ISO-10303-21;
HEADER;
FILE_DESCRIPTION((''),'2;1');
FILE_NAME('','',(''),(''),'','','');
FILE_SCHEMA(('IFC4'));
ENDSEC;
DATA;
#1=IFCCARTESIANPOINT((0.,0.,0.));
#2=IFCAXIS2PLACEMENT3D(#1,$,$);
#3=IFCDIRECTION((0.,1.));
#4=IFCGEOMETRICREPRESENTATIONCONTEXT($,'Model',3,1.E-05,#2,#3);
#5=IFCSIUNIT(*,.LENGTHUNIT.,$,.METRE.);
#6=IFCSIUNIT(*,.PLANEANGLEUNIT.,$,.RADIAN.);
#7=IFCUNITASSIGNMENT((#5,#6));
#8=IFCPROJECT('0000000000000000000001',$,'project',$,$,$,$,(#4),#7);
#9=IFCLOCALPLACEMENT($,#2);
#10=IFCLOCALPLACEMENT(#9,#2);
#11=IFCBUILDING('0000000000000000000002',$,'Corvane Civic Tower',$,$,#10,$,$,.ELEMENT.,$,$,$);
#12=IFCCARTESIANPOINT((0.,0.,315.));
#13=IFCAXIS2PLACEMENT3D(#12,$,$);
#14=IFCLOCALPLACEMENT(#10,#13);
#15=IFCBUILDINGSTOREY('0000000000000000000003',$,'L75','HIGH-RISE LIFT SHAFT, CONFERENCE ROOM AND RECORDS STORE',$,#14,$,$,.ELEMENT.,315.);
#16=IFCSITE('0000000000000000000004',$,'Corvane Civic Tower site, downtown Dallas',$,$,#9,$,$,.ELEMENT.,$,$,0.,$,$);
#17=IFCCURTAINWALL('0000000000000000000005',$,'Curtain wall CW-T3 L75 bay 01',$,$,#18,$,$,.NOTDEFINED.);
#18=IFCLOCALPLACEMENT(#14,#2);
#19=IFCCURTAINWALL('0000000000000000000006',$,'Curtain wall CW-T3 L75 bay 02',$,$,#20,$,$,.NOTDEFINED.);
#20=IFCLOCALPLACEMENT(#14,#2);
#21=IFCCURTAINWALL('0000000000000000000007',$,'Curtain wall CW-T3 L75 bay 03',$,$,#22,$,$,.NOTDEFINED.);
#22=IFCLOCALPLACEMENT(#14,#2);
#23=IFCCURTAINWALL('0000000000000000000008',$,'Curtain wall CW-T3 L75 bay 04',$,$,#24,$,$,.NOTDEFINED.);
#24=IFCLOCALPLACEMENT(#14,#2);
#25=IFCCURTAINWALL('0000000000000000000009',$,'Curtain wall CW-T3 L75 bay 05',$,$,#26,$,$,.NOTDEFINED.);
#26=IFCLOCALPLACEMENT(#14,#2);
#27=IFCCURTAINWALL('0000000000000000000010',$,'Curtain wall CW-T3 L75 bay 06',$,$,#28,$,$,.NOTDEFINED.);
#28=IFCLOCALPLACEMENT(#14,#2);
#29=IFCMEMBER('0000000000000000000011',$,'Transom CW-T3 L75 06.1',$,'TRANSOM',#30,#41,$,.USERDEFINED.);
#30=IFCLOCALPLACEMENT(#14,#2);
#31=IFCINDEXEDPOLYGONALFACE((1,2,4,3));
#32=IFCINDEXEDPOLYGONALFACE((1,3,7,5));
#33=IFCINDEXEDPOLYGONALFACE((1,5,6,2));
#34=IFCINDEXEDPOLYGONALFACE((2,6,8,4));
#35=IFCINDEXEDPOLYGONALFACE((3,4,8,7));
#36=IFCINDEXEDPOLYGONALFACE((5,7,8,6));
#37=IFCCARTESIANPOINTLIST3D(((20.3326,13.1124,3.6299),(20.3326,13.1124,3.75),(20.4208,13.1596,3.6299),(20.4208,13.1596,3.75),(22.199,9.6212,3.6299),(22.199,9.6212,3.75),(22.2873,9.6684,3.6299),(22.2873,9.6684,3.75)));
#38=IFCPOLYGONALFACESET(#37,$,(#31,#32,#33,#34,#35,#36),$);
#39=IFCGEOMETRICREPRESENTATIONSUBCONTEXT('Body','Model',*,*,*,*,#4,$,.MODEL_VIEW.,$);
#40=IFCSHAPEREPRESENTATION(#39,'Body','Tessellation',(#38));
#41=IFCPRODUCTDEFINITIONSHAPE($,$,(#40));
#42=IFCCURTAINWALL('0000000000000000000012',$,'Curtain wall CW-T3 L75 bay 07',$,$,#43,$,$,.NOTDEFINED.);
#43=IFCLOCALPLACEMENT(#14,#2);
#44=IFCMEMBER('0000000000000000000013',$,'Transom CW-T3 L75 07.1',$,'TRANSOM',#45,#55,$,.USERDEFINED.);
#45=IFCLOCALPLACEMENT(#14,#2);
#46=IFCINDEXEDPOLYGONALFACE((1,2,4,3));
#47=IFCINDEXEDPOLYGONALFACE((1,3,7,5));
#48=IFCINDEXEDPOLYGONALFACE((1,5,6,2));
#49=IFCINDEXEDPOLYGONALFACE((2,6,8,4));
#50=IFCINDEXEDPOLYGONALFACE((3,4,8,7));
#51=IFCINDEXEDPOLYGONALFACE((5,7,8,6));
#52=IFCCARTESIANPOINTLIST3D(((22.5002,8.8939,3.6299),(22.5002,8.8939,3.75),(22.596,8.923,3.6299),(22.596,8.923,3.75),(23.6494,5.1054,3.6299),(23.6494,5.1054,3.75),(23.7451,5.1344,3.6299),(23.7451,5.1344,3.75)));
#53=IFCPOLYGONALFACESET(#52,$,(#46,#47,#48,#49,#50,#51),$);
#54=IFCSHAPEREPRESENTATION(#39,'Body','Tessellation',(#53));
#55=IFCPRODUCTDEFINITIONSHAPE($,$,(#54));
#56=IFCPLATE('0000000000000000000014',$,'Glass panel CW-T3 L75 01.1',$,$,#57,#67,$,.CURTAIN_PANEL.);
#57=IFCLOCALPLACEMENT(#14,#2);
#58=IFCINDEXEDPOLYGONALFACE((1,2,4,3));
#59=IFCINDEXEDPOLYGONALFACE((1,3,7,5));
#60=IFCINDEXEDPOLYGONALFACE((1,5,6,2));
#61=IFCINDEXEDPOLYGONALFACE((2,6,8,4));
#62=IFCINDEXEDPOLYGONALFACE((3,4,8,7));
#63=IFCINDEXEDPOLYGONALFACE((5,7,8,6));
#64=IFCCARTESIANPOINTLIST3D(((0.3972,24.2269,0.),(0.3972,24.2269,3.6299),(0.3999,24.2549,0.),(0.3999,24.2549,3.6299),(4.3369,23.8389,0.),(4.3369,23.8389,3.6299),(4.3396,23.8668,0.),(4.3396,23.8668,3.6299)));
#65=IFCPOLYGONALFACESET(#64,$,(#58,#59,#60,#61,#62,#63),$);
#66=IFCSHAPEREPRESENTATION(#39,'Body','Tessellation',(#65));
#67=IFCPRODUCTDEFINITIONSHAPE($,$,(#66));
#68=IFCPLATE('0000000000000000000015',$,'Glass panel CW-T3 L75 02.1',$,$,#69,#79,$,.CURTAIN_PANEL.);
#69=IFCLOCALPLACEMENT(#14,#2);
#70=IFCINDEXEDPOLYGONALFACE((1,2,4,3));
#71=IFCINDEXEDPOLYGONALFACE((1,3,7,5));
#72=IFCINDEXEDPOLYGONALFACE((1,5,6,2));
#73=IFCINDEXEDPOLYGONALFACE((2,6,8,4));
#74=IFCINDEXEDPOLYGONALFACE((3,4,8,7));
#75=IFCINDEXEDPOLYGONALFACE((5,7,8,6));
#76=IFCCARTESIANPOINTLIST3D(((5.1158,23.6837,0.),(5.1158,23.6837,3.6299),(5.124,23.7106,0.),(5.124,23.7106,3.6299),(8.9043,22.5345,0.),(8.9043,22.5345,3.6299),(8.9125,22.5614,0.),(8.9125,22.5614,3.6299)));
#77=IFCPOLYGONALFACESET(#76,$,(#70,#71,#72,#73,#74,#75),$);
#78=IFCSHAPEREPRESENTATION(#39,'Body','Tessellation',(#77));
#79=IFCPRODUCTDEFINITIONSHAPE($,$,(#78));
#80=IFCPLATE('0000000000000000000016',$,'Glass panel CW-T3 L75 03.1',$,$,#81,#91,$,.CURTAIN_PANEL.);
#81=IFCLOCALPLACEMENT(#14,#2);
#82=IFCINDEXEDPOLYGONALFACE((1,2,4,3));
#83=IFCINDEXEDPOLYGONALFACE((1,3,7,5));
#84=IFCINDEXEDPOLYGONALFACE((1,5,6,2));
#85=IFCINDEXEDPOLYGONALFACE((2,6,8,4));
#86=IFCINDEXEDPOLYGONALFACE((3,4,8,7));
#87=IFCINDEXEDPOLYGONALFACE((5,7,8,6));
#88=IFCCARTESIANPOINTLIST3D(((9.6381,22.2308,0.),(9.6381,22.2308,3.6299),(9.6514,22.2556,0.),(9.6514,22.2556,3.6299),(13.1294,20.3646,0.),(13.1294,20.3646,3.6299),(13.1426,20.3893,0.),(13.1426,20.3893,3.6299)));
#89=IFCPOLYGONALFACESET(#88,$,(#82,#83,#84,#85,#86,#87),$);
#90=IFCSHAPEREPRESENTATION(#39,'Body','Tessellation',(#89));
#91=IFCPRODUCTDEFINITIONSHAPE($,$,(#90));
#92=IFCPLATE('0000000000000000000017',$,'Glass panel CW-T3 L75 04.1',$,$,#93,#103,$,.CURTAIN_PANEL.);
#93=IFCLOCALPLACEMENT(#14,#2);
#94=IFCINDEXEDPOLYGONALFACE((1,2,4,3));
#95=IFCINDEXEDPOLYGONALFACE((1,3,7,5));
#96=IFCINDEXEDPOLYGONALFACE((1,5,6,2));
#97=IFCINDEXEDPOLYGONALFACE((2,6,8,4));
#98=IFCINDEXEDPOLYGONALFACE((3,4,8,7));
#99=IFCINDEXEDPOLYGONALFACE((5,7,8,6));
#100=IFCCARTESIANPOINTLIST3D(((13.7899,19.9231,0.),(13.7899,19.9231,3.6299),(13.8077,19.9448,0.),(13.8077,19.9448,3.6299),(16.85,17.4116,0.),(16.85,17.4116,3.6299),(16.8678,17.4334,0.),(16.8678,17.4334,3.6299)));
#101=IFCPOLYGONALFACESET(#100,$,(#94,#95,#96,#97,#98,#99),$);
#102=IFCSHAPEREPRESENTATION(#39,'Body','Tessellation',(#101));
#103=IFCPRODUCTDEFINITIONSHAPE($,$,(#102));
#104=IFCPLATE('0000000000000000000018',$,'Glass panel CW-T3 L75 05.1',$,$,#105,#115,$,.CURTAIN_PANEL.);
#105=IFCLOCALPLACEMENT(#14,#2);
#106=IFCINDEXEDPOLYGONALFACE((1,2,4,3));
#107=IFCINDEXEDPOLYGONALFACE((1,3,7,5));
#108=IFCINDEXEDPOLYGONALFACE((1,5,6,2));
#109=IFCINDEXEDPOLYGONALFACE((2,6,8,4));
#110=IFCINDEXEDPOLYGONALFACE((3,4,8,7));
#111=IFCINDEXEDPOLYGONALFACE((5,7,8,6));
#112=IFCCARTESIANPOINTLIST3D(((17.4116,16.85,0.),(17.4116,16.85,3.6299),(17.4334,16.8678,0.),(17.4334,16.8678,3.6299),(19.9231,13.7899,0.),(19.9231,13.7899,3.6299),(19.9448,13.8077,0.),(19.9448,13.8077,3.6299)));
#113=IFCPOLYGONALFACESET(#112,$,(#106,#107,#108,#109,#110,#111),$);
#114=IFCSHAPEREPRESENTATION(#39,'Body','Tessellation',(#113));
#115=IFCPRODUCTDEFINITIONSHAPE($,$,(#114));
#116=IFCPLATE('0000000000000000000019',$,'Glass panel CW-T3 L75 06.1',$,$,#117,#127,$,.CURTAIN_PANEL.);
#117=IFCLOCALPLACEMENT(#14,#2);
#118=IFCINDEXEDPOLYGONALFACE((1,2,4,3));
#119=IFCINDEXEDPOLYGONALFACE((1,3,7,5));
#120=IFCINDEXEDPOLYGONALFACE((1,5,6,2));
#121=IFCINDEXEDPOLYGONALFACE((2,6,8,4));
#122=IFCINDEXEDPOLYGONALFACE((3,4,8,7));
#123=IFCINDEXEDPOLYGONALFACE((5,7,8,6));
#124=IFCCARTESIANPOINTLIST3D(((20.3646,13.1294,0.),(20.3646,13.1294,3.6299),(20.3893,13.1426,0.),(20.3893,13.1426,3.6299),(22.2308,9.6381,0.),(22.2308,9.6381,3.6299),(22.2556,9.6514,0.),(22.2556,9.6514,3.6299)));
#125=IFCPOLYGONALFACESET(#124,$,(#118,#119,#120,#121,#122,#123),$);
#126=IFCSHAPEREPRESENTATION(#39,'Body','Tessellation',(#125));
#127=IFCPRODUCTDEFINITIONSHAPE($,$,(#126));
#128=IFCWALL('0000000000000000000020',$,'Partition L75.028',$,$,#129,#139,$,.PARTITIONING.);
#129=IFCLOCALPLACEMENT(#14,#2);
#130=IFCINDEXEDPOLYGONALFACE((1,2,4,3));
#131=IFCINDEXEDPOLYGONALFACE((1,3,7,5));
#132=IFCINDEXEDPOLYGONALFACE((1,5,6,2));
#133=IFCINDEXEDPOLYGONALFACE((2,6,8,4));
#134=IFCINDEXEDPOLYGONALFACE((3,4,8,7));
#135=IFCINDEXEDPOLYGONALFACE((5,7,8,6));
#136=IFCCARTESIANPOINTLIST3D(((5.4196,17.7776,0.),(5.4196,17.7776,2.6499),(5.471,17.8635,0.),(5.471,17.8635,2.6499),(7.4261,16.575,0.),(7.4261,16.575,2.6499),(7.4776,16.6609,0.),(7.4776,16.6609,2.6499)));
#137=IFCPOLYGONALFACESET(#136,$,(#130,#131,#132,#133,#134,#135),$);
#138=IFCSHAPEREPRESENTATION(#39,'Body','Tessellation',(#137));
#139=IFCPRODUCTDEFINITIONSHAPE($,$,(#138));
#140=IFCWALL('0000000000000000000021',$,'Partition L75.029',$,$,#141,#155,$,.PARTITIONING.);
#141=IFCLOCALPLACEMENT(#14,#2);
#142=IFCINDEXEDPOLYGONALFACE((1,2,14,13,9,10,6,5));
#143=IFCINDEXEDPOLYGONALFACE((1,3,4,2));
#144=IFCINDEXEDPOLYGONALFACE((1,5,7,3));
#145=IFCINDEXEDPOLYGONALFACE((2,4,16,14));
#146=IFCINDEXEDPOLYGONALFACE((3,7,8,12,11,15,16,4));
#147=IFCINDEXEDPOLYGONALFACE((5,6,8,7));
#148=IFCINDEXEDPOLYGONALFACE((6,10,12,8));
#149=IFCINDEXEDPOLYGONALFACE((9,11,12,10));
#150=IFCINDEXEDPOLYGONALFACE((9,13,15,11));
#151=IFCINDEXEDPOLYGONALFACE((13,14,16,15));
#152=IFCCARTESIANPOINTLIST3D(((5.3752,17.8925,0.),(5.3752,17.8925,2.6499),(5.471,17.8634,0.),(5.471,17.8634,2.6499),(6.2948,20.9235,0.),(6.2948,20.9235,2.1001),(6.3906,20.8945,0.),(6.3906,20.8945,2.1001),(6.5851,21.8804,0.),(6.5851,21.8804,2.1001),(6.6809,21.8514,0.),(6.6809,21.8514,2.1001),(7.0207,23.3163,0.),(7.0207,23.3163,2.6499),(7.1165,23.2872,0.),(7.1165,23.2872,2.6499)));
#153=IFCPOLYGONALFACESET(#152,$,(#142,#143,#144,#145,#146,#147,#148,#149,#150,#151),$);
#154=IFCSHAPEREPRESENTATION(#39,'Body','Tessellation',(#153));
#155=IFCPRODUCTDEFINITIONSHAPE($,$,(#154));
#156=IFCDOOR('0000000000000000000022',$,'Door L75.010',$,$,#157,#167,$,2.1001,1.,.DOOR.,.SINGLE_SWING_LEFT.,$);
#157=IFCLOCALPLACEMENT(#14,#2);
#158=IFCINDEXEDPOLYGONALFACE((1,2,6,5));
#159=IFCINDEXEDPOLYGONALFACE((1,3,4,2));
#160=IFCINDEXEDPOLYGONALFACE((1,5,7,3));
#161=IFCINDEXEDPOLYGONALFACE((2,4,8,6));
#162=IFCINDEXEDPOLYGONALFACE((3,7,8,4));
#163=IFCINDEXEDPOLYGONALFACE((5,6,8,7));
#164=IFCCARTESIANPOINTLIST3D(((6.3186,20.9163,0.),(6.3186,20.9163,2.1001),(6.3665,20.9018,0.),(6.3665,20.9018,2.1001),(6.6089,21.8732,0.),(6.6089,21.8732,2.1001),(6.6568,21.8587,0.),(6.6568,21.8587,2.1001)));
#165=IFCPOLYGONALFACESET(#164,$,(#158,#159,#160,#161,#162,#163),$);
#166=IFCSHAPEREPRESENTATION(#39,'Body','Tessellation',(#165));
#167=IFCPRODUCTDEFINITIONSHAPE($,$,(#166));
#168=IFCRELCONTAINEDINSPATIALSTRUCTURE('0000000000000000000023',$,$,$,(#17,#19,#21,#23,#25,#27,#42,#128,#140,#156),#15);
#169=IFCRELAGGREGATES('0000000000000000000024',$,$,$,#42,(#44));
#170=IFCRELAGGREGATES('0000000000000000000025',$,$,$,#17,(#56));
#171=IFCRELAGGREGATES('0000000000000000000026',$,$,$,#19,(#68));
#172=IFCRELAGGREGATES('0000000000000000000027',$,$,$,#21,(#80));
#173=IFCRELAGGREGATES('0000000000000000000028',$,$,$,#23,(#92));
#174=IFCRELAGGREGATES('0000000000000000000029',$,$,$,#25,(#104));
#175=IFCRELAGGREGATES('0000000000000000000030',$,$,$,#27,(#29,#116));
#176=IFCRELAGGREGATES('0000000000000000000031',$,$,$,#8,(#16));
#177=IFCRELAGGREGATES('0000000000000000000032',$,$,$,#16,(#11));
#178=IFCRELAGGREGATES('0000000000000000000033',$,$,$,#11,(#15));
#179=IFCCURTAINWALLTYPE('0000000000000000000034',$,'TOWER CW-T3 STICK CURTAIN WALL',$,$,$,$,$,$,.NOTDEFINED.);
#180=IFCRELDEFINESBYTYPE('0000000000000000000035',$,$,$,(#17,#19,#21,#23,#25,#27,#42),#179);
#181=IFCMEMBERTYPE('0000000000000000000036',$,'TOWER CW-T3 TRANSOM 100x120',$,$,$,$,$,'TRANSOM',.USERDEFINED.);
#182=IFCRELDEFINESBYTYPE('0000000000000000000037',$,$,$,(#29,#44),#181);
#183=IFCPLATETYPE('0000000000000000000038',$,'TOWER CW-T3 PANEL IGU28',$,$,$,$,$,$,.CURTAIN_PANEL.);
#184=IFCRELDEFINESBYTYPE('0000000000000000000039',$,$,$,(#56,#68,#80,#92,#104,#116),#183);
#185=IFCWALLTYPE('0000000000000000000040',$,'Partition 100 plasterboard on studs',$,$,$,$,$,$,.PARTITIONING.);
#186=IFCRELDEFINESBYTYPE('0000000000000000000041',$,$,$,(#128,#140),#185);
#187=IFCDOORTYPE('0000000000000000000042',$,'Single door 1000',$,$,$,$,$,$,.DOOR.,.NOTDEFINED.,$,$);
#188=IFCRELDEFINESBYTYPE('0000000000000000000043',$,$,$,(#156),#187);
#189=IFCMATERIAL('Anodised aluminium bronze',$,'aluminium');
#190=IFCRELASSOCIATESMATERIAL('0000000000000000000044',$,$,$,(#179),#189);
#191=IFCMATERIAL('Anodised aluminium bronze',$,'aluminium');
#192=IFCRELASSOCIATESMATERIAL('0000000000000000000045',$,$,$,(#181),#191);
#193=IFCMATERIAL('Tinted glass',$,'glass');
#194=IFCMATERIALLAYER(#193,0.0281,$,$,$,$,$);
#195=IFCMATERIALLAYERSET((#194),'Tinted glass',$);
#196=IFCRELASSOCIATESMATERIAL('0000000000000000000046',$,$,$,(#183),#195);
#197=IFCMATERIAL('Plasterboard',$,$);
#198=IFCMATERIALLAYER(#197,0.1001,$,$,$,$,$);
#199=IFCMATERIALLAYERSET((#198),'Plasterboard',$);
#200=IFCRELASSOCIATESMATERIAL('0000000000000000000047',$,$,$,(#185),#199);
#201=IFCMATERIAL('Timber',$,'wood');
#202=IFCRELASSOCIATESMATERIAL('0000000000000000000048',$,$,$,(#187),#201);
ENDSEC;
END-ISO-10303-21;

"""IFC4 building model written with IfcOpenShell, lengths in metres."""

from ifc_helpers import new_model, si_unit, direction, frame, frame_2d, origin, origin_2d, place, context, subcontext, project, spatial, rectangle, extrude, material, layer, layer_set, material_profile, profile_set, type_object, element, fill, aggregate, save


model = new_model("IFC4")

# Units and contexts
model_context = context("Model", 3, precision=1e-05, world=origin(), true_north=direction((0.0, 1.0)))
body_context = subcontext(model_context, "Body", "Model", "MODEL_VIEW")
ifc_project = project(units=[si_unit("LENGTHUNIT", "METRE"), si_unit("PLANEANGLEUNIT", "RADIAN")], contexts=[model_context])

# Site, building, storey
site_placement = place(None, origin())
site = spatial("IfcSite", under=ifc_project, at=site_placement, Name="Corvane Civic Tower site, downtown Dallas", CompositionType="ELEMENT", RefElevation=0.0)
building_placement = place(site_placement, origin())
building = spatial("IfcBuilding", under=site, at=building_placement, Name="Corvane Civic Tower", CompositionType="ELEMENT")
storey_placement = place(building_placement, frame((0.0, 0.0, 315.0)))
storey = spatial("IfcBuildingStorey", under=building, at=storey_placement, Name="L75", Description="HIGH-RISE LIFT SHAFT, CONFERENCE ROOM AND RECORDS STORE", CompositionType="ELEMENT", Elevation=315.0)

# Curtain walls, members
ifc_material_1 = material(Name="Anodised aluminium bronze", Category="aluminium")
curtain_wall_type = type_object("IfcCurtainWallType", Name="TOWER CW-T3 STICK CURTAIN WALL", PredefinedType="NOTDEFINED", material=ifc_material_1)
curtain_wall_1_placement = place(storey_placement, origin())
curtain_wall_1 = element("IfcCurtainWall", 1, at=curtain_wall_1_placement, inside=storey, type_object=curtain_wall_type, Name="Curtain wall CW-T3 L75 bay 01", PredefinedType="NOTDEFINED")
ifc_material_2 = material(Name="Anodised aluminium bronze", Category="aluminium")
ifc_material_profile_1 = material_profile(ifc_material_2, rectangle(XDim=0.1001, YDim=0.1201, at=origin_2d()), Name="TOWER CW-T3 TRANSOM 100x120")
ifc_profile_set_1 = profile_set([ifc_material_profile_1], Name="Anodised aluminium bronze")
member_type = type_object("IfcMemberType", Name="TOWER CW-T3 TRANSOM 100x120", ElementType="TRANSOM", PredefinedType="USERDEFINED", material=ifc_profile_set_1)
curtain_wall_2_placement = place(storey_placement, origin())
curtain_wall_2 = element("IfcCurtainWall", 2, at=curtain_wall_2_placement, inside=storey, type_object=curtain_wall_type, Name="Curtain wall CW-T3 L75 bay 02", PredefinedType="NOTDEFINED")
curtain_wall_3_placement = place(storey_placement, origin())
curtain_wall_3 = element("IfcCurtainWall", 3, at=curtain_wall_3_placement, inside=storey, type_object=curtain_wall_type, Name="Curtain wall CW-T3 L75 bay 03", PredefinedType="NOTDEFINED")
curtain_wall_4_placement = place(storey_placement, origin())
curtain_wall_4 = element("IfcCurtainWall", 4, at=curtain_wall_4_placement, inside=storey, type_object=curtain_wall_type, Name="Curtain wall CW-T3 L75 bay 04", PredefinedType="NOTDEFINED")
curtain_wall_5_placement = place(storey_placement, origin())
curtain_wall_5 = element("IfcCurtainWall", 5, at=curtain_wall_5_placement, inside=storey, type_object=curtain_wall_type, Name="Curtain wall CW-T3 L75 bay 05", PredefinedType="NOTDEFINED")
curtain_wall_6_placement = place(storey_placement, origin())
curtain_wall_6 = element("IfcCurtainWall", 6, at=curtain_wall_6_placement, inside=storey, type_object=curtain_wall_type, Name="Curtain wall CW-T3 L75 bay 06", PredefinedType="NOTDEFINED")
member_1_placement = place(storey_placement, frame((20.3767, 13.136, 3.6899), z_axis=(0.471468, -0.881883, 0.0), x_axis=(0.881883, 0.471468, 0.0)))
member_1 = element("IfcMember", 7, at=member_1_placement, type_object=member_type, Name="Transom CW-T3 L75 06.1", ObjectType="TRANSOM", PredefinedType="USERDEFINED", context=body_context, shape_type="SweptSolid", body=[
    extrude(rectangle(XDim=0.1001, YDim=0.1201, at=origin_2d()), origin(), (0.0, 0.0, 1.0), 3.9587),
])
curtain_wall_7_placement = place(storey_placement, origin())
curtain_wall_7 = element("IfcCurtainWall", 8, at=curtain_wall_7_placement, inside=storey, type_object=curtain_wall_type, Name="Curtain wall CW-T3 L75 bay 07", PredefinedType="NOTDEFINED")
member_2_placement = place(storey_placement, frame((22.5481, 8.9084, 3.6899), z_axis=(0.290266, -0.956946, 0.0), x_axis=(0.956946, 0.290266, 0.0)))
member_2 = element("IfcMember", 9, at=member_2_placement, type_object=member_type, Name="Transom CW-T3 L75 07.1", ObjectType="TRANSOM", PredefinedType="USERDEFINED", context=body_context, shape_type="SweptSolid", body=[
    extrude(rectangle(XDim=0.1001, YDim=0.1201, at=origin_2d()), origin(), (0.0, 0.0, 1.0), 3.959),
])
aggregate(curtain_wall_7, [member_2])

# Plates
ifc_material_3 = material(Name="Tinted glass", Category="glass")
ifc_layer_1 = layer(ifc_material_3, 0.0281)
ifc_layer_set_1 = layer_set([ifc_layer_1], Name="Tinted glass")
plate_type = type_object("IfcPlateType", Name="TOWER CW-T3 PANEL IGU28", PredefinedType="CURTAIN_PANEL", material=ifc_layer_set_1)
plate_1_placement = place(storey_placement, frame((2.3684, 24.0469, 0.0), z_axis=(0.0, 0.0, 1.0), x_axis=(0.995184, -0.098021, 0.0)))
plate_1 = element("IfcPlate", 10, at=plate_1_placement, type_object=plate_type, Name="Glass panel CW-T3 L75 01.1", PredefinedType="CURTAIN_PANEL", context=body_context, shape_type="SweptSolid", body=[
    extrude(rectangle(XDim=3.9587, YDim=0.0281, at=origin_2d()), origin(), (0.0, 0.0, 1.0), 3.6299),
])
aggregate(curtain_wall_1, [plate_1])
plate_2_placement = place(storey_placement, frame((7.0142, 23.1226, 0.0), z_axis=(0.0, 0.0, 1.0), x_axis=(0.956944, -0.290274, 0.0)))
plate_2 = element("IfcPlate", 11, at=plate_2_placement, type_object=plate_type, Name="Glass panel CW-T3 L75 02.1", PredefinedType="CURTAIN_PANEL", context=body_context, shape_type="SweptSolid", body=[
    extrude(rectangle(XDim=3.959, YDim=0.0281, at=origin_2d()), origin(), (0.0, 0.0, 1.0), 3.6299),
])
aggregate(curtain_wall_2, [plate_2])
plate_3_placement = place(storey_placement, frame((11.3904, 21.3101, 0.0), z_axis=(0.0, 0.0, 1.0), x_axis=(0.881908, -0.471421, 0.0)))
plate_3 = element("IfcPlate", 12, at=plate_3_placement, type_object=plate_type, Name="Glass panel CW-T3 L75 03.1", PredefinedType="CURTAIN_PANEL", context=body_context, shape_type="SweptSolid", body=[
    extrude(rectangle(XDim=3.9587, YDim=0.0281, at=origin_2d()), origin(), (0.0, 0.0, 1.0), 3.6299),
])
aggregate(curtain_wall_3, [plate_3])
plate_4_placement = place(storey_placement, frame((15.3289, 18.6782, 0.0), z_axis=(0.0, 0.0, 1.0), x_axis=(0.773001, -0.634405, 0.0)))
plate_4 = element("IfcPlate", 13, at=plate_4_placement, type_object=plate_type, Name="Glass panel CW-T3 L75 04.1", PredefinedType="CURTAIN_PANEL", context=body_context, shape_type="SweptSolid", body=[
    extrude(rectangle(XDim=3.9587, YDim=0.0281, at=origin_2d()), origin(), (0.0, 0.0, 1.0), 3.6299),
])
aggregate(curtain_wall_4, [plate_4])
plate_5_placement = place(storey_placement, frame((18.6782, 15.3289, 0.0), z_axis=(0.0, 0.0, 1.0), x_axis=(0.634405, -0.773001, 0.0)))
plate_5 = element("IfcPlate", 14, at=plate_5_placement, type_object=plate_type, Name="Glass panel CW-T3 L75 05.1", PredefinedType="CURTAIN_PANEL", context=body_context, shape_type="SweptSolid", body=[
    extrude(rectangle(XDim=3.9587, YDim=0.0281, at=origin_2d()), origin(), (0.0, 0.0, 1.0), 3.6299),
])
aggregate(curtain_wall_5, [plate_5])
plate_6_placement = place(storey_placement, frame((21.3101, 11.3904, 0.0), z_axis=(0.0, 0.0, 1.0), x_axis=(0.471421, -0.881908, 0.0)))
plate_6 = element("IfcPlate", 15, at=plate_6_placement, type_object=plate_type, Name="Glass panel CW-T3 L75 06.1", PredefinedType="CURTAIN_PANEL", context=body_context, shape_type="SweptSolid", body=[
    extrude(rectangle(XDim=3.9587, YDim=0.0281, at=origin_2d()), origin(), (0.0, 0.0, 1.0), 3.6299),
])
aggregate(curtain_wall_6, [member_1, plate_6])

# Wall
ifc_material_4 = material(Name="Plasterboard")
ifc_layer_2 = layer(ifc_material_4, 0.1001)
ifc_layer_set_2 = layer_set([ifc_layer_2], Name="Plasterboard")
wall_type = type_object("IfcWallType", Name="Partition 100 plasterboard on studs", PredefinedType="PARTITIONING", material=ifc_layer_set_2)
wall_1_placement = place(storey_placement, frame((5.4453, 17.8206, 0.0), z_axis=(0.0, 0.0, 1.0), x_axis=(0.857741, -0.514081, 0.0)))
element("IfcWall", 16, at=wall_1_placement, inside=storey, type_object=wall_type, Name="Partition L75.028", PredefinedType="PARTITIONING", context=body_context, shape_type="SweptSolid", body=[
    extrude(rectangle(XDim=2.3394, YDim=0.1001, at=frame_2d((1.1697, 0.0))), origin(), (0.0, 0.0, 1.0), 2.6499),
])

# Wall, opening, door
wall_2_placement = place(storey_placement, frame((5.4231, 17.8779, 0.0), z_axis=(0.0, 0.0, 1.0), x_axis=(0.290318, 0.95693, 0.0)))
wall_2 = element("IfcWall", 17, at=wall_2_placement, inside=storey, type_object=wall_type, Name="Partition L75.029", PredefinedType="PARTITIONING", context=body_context, shape_type="SweptSolid", body=[
    extrude(rectangle(XDim=5.668, YDim=0.1001, at=frame_2d((2.834, 0.0))), origin(), (0.0, 0.0, 1.0), 2.6499),
])
opening_placement = place(wall_2_placement, frame((3.1675, 0.0, 0.0)))
opening = element("IfcOpeningElement", 18, at=opening_placement, cuts=wall_2, PredefinedType="OPENING", context=body_context, shape_type="SweptSolid", body=[
    extrude(rectangle(XDim=1.0, YDim=2.1001, at=frame_2d((0.5, 1.05))), frame((0.0, 0.0601, 0.0), z_axis=(0.0, -1.0, 0.0), x_axis=(1.0, 0.0, 0.0)), (0.0, 0.0, 1.0), 0.1201),
])
ifc_material_5 = material(Name="Timber", Category="wood")
door_type = type_object("IfcDoorType", Name="Single door 1000", OperationType="NOTDEFINED", PredefinedType="DOOR", material=ifc_material_5)
door_placement = place(opening_placement, frame((1.0, 0.0, 0.0), z_axis=(0.0, 0.0, 1.0), x_axis=(-1.0, 0.0, 0.0)))
door = element("IfcDoor", 19, at=door_placement, inside=storey, type_object=door_type, Name="Door L75.010", OperationType="SINGLE_SWING_LEFT", OverallHeight=2.1001, OverallWidth=1.0, PredefinedType="DOOR", context=body_context, shape_type="SweptSolid", body=[
    extrude(rectangle(XDim=1.0, YDim=2.1001, at=frame_2d((0.5, 1.05))), frame((0.0, 0.0249, 0.0), z_axis=(0.0, -1.0, 0.0), x_axis=(1.0, 0.0, 0.0)), (0.0, 0.0, 1.0), 0.05),
])
fill(opening, door)

save(model, "model.ifc")
